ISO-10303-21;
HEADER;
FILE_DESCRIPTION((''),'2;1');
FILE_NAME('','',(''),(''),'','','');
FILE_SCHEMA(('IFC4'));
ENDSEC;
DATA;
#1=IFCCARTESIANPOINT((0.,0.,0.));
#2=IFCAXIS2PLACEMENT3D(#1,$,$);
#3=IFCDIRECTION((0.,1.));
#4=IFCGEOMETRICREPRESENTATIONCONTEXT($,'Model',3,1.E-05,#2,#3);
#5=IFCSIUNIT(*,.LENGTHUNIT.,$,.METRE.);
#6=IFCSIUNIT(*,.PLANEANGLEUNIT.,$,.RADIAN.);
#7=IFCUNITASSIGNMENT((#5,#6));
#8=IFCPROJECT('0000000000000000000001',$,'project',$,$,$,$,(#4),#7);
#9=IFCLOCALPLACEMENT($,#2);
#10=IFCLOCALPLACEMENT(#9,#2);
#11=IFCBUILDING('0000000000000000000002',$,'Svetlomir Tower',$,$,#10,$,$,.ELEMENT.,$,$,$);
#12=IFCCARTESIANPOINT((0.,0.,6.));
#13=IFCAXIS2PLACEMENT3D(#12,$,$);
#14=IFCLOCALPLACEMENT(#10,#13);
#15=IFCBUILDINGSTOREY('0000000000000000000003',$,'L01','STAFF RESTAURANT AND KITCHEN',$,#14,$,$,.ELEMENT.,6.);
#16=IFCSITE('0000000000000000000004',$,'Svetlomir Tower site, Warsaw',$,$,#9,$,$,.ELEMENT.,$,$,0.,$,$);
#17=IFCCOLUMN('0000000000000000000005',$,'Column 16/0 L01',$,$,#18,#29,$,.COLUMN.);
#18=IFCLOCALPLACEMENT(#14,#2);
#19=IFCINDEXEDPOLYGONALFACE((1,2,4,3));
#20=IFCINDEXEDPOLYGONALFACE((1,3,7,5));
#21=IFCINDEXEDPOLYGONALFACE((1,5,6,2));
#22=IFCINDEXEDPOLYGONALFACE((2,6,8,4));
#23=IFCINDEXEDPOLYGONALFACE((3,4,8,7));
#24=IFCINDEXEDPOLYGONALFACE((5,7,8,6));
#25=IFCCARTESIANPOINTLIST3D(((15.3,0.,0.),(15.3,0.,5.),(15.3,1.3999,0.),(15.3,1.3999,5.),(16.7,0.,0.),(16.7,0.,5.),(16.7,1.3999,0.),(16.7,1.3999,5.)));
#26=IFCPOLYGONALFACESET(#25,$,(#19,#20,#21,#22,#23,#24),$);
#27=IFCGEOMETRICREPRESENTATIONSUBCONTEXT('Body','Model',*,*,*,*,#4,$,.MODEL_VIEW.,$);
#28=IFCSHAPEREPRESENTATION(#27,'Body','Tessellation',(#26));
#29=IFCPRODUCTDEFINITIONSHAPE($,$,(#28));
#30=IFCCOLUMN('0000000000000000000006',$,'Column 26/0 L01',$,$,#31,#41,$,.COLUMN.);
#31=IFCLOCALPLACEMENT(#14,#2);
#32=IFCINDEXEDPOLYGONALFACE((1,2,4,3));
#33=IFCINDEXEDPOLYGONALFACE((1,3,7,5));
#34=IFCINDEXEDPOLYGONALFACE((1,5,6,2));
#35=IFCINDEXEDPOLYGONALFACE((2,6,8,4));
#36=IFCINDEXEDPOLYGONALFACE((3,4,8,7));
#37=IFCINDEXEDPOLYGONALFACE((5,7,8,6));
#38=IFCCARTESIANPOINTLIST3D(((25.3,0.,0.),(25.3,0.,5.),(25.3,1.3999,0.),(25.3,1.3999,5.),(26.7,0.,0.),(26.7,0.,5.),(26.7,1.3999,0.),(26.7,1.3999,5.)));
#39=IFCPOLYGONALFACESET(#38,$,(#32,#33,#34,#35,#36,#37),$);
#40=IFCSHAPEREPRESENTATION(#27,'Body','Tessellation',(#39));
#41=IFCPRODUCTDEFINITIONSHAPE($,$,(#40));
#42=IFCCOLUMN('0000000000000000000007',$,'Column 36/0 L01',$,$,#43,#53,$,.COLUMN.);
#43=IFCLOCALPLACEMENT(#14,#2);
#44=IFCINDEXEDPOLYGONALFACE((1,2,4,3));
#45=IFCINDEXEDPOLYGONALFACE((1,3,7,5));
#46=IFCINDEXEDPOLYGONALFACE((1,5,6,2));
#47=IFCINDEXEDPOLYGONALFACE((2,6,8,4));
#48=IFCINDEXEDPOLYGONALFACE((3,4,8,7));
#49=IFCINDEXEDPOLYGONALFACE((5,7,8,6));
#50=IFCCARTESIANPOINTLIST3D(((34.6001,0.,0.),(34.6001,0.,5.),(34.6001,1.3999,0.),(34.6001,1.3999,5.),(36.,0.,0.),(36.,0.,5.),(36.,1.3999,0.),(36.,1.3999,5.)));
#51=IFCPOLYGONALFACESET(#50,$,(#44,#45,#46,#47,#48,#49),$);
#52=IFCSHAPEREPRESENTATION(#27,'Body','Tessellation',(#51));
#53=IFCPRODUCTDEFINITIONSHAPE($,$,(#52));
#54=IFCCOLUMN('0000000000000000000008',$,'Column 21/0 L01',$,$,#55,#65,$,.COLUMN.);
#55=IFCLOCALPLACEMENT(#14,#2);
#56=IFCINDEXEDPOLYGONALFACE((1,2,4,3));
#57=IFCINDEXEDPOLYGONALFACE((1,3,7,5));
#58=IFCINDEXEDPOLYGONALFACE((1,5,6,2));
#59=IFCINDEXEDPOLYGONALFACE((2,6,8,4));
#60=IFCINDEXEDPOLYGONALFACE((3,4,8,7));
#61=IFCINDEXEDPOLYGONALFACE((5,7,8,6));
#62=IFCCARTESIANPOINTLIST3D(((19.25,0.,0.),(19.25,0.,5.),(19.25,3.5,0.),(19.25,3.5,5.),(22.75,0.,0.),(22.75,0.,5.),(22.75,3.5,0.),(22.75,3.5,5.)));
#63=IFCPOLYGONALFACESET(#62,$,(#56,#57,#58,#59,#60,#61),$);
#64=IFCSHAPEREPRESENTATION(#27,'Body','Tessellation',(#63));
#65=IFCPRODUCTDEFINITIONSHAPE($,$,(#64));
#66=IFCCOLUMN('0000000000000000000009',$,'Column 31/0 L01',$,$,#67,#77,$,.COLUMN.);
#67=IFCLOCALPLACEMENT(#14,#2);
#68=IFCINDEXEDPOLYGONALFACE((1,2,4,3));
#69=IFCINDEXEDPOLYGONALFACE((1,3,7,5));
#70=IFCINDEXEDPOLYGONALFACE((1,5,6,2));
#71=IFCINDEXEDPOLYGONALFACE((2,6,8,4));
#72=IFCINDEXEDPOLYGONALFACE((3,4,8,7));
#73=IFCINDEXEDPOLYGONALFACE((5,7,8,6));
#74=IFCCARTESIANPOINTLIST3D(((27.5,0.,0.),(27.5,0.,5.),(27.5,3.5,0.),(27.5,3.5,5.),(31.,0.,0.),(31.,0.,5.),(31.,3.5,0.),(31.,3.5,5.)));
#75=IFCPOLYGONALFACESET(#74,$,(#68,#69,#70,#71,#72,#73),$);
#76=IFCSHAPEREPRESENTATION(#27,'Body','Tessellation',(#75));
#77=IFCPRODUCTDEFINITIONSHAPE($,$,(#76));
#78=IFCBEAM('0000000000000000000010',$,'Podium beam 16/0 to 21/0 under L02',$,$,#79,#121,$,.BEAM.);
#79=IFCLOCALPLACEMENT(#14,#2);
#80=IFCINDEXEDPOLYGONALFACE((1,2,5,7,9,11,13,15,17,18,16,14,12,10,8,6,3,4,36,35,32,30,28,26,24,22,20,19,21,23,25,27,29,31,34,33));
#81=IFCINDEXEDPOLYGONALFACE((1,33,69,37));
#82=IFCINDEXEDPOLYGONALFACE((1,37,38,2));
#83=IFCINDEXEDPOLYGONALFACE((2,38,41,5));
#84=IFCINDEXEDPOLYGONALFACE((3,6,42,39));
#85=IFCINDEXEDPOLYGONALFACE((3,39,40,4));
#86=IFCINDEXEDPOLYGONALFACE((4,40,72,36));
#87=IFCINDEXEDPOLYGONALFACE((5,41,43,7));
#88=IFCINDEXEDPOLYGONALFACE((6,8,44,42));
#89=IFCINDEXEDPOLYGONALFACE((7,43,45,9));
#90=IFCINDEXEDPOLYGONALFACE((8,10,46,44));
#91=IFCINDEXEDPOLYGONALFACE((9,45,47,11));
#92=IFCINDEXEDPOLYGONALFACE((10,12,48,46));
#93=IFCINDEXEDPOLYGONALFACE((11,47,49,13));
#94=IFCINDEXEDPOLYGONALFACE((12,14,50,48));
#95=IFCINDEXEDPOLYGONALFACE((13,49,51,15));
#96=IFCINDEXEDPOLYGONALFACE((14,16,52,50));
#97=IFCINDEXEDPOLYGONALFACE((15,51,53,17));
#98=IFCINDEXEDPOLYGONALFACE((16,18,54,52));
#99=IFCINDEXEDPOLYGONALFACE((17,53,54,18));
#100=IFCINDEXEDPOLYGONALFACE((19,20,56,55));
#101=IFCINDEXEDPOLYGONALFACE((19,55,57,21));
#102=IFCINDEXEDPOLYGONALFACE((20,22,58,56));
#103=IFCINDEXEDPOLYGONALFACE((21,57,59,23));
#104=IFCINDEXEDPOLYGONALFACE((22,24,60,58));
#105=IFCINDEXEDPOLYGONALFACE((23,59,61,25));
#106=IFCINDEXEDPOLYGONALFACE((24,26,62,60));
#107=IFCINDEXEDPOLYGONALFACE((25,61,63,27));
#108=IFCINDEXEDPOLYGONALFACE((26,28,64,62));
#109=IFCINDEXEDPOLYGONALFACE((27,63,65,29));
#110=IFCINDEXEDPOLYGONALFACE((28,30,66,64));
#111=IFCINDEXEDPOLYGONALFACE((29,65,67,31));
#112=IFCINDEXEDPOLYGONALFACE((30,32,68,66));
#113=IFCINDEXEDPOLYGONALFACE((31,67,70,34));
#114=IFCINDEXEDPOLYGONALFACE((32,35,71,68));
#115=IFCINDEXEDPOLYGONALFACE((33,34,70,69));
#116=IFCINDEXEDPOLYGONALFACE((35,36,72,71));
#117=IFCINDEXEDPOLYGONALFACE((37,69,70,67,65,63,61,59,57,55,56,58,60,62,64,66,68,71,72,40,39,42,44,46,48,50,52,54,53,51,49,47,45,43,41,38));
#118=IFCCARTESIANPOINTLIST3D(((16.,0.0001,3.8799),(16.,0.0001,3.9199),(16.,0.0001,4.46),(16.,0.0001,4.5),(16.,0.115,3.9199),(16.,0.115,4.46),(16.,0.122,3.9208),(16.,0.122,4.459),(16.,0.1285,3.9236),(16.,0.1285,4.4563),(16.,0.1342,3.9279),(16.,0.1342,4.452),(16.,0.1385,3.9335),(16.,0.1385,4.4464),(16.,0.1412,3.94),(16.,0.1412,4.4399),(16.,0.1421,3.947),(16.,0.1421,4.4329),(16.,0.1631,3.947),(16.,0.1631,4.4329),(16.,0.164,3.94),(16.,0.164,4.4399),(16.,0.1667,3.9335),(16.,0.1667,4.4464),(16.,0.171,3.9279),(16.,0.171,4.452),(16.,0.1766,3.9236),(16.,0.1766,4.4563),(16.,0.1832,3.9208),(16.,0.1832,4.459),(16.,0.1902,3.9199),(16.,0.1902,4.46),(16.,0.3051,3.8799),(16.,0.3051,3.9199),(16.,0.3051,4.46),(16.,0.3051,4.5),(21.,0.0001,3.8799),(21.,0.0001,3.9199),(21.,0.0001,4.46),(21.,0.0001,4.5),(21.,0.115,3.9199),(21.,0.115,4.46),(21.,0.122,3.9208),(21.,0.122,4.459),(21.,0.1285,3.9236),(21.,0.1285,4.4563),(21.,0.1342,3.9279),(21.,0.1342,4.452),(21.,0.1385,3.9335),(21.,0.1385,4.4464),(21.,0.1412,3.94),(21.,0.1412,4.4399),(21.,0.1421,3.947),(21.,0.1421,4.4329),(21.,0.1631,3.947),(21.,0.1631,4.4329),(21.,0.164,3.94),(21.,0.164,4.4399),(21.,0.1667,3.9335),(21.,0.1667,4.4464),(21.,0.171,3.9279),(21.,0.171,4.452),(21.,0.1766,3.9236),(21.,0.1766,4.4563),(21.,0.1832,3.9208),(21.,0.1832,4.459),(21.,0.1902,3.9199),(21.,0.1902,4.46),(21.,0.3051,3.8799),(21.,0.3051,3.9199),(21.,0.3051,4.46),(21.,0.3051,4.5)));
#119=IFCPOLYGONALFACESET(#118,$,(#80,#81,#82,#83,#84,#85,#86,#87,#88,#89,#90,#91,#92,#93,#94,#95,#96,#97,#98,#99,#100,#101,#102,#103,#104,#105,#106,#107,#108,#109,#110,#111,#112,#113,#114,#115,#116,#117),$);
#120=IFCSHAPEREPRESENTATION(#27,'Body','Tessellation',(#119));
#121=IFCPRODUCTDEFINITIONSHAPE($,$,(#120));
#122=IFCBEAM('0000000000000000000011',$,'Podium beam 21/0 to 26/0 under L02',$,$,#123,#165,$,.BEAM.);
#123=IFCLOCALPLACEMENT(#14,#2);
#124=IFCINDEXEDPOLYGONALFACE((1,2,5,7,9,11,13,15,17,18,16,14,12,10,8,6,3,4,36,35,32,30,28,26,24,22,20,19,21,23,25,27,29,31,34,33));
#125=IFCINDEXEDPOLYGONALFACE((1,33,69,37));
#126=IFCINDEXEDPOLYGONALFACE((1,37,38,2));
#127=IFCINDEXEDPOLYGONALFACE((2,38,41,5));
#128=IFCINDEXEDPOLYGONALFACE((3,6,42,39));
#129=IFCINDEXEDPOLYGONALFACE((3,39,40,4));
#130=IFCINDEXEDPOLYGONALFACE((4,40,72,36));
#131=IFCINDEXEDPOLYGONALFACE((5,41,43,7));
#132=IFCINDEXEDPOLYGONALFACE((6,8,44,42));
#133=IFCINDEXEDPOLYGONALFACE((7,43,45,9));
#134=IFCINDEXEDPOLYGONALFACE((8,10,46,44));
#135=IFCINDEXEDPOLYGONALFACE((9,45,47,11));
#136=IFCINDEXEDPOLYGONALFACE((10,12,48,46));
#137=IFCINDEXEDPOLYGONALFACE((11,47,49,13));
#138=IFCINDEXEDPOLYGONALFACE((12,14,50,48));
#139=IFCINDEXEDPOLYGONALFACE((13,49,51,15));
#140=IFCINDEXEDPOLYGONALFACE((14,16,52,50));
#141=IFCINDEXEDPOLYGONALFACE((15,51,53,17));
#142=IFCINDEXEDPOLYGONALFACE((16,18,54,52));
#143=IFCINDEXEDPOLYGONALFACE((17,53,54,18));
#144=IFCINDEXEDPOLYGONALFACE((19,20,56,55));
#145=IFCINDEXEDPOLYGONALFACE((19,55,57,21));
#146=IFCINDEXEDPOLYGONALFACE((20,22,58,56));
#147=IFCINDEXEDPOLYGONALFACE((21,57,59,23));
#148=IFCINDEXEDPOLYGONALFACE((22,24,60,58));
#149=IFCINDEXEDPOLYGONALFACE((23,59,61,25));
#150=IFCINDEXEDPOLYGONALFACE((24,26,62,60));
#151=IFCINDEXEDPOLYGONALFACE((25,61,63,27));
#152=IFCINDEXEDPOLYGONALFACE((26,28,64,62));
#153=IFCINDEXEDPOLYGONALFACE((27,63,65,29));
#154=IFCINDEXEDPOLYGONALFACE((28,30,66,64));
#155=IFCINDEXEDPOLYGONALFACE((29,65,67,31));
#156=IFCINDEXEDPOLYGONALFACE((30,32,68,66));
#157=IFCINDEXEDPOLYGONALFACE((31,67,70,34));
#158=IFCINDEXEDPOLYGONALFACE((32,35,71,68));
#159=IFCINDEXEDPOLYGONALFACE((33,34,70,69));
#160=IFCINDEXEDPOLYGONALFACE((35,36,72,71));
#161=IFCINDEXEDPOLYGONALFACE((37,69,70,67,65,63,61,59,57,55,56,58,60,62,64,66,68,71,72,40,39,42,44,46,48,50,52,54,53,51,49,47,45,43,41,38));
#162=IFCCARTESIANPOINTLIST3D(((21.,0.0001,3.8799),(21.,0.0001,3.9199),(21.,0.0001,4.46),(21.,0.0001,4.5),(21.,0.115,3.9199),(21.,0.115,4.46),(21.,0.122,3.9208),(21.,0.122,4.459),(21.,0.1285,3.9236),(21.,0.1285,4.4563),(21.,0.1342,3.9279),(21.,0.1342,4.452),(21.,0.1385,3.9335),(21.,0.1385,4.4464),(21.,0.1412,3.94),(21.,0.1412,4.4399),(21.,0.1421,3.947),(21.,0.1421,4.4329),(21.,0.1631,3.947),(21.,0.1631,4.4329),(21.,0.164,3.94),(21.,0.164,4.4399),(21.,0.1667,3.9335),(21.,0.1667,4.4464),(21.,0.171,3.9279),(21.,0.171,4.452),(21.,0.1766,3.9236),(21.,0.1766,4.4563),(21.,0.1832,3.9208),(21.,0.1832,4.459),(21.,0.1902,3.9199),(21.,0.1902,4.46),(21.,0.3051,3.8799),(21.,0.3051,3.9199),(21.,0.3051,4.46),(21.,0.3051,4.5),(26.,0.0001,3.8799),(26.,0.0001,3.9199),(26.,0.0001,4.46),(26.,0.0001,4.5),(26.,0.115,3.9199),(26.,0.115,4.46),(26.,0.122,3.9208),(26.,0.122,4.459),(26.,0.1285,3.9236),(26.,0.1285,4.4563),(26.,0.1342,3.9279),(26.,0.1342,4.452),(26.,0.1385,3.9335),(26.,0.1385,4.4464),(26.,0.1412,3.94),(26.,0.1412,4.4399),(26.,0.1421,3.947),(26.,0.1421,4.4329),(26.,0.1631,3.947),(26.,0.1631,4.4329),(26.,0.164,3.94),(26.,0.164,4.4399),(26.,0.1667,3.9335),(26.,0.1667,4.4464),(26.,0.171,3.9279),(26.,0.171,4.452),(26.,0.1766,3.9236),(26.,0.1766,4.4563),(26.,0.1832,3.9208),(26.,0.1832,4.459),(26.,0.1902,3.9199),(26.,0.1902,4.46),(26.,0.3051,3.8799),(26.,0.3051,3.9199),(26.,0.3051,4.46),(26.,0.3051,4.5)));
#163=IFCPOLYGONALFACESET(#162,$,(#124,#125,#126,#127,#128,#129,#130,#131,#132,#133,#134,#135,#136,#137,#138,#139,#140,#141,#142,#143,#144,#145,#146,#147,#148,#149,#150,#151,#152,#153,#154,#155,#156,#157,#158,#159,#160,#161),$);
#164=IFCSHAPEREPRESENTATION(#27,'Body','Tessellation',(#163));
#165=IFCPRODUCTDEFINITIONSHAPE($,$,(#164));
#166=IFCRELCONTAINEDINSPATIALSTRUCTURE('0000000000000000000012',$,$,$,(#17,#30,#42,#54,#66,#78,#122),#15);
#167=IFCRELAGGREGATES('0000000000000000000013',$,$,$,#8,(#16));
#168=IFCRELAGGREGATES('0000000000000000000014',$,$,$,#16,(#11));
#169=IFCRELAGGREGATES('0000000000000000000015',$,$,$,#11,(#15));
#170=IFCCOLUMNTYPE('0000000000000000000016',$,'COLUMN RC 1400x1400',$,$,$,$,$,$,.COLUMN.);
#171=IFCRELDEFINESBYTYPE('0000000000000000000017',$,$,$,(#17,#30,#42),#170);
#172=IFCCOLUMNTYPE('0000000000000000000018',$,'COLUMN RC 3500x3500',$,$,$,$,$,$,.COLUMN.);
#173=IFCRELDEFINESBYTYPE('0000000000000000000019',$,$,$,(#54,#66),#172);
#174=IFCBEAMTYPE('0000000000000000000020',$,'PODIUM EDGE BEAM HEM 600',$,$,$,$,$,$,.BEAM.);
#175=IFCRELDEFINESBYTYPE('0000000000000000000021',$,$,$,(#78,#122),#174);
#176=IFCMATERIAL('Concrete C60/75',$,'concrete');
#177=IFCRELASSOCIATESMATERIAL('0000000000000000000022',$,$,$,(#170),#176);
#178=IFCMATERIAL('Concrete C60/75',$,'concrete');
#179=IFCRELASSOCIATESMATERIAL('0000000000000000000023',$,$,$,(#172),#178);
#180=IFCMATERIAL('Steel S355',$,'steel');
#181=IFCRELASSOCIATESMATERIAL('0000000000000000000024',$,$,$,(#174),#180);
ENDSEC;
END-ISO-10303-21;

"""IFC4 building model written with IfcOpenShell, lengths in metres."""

from ifc_helpers import new_model, si_unit, direction, frame, origin, origin_2d, place, context, subcontext, project, spatial, rectangle, i_section, extrude, material, material_profile, profile_set, type_object, element, save


model = new_model("IFC4")

# Units and contexts
model_context = context("Model", 3, precision=1e-05, world=origin(), true_north=direction((0.0, 1.0)))
body_context = subcontext(model_context, "Body", "Model", "MODEL_VIEW")
ifc_project = project(units=[si_unit("LENGTHUNIT", "METRE"), si_unit("PLANEANGLEUNIT", "RADIAN")], contexts=[model_context])

# Site, building, storey
site_placement = place(None, origin())
site = spatial("IfcSite", under=ifc_project, at=site_placement, Name="Svetlomir Tower site, Warsaw", CompositionType="ELEMENT", RefElevation=0.0)
building_placement = place(site_placement, origin())
building = spatial("IfcBuilding", under=site, at=building_placement, Name="Svetlomir Tower", CompositionType="ELEMENT")
storey_placement = place(building_placement, frame((0.0, 0.0, 6.0)))
storey = spatial("IfcBuildingStorey", under=building, at=storey_placement, Name="L01", Description="STAFF RESTAURANT AND KITCHEN", CompositionType="ELEMENT", Elevation=6.0)

# Columns
ifc_material_1 = material(Name="Concrete C60/75", Category="concrete")
ifc_material_profile_1 = material_profile(ifc_material_1, rectangle(XDim=1.3999, YDim=1.3999, at=origin_2d()), Name="RC 1400x1400")
ifc_profile_set_1 = profile_set([ifc_material_profile_1], Name="Concrete C60/75")
column_type_1 = type_object("IfcColumnType", Name="COLUMN RC 1400x1400", PredefinedType="COLUMN", material=ifc_profile_set_1)
for number, where, z_axis, x_axis, name in (
    (1, (16.0, 0.7, 0.0), (0.0, 0.0, 1.0), (1.0, 0.0, 0.0), "Column 16/0 L01"),
    (2, (26.0, 0.7, 0.0), (0.0, 0.0, 1.0), (1.0, 0.0, 0.0), "Column 26/0 L01"),
    (3, (35.3, 0.7, 0.0), (0.0, 0.0, 1.0), (1.0, 0.0, 0.0), "Column 36/0 L01"),
):
    element("IfcColumn", number, at=place(storey_placement, frame(where, z_axis=z_axis, x_axis=x_axis)), inside=storey, type_object=column_type_1, Name=name, PredefinedType="COLUMN", context=body_context, shape_type="SweptSolid", body=[
        extrude(rectangle(XDim=1.3999, YDim=1.3999, at=origin_2d()), origin(), (0.0, 0.0, 1.0), 5.0),
    ])
ifc_material_2 = material(Name="Concrete C60/75", Category="concrete")
ifc_material_profile_2 = material_profile(ifc_material_2, rectangle(XDim=3.5, YDim=3.5, at=origin_2d()), Name="RC 3500x3500")
ifc_profile_set_2 = profile_set([ifc_material_profile_2], Name="Concrete C60/75")
column_type_2 = type_object("IfcColumnType", Name="COLUMN RC 3500x3500", PredefinedType="COLUMN", material=ifc_profile_set_2)
for number, where, z_axis, x_axis, name in (
    (4, (21.0, 1.75, 0.0), (0.0, 0.0, 1.0), (1.0, 0.0, 0.0), "Column 21/0 L01"),
    (5, (29.25, 1.75, 0.0), (0.0, 0.0, 1.0), (1.0, 0.0, 0.0), "Column 31/0 L01"),
):
    element("IfcColumn", number, at=place(storey_placement, frame(where, z_axis=z_axis, x_axis=x_axis)), inside=storey, type_object=column_type_2, Name=name, PredefinedType="COLUMN", context=body_context, shape_type="SweptSolid", body=[
        extrude(rectangle(XDim=3.5, YDim=3.5, at=origin_2d()), origin(), (0.0, 0.0, 1.0), 5.0),
    ])

# Beams
ifc_material_3 = material(Name="Steel S355", Category="steel")
ifc_material_profile_3 = material_profile(ifc_material_3, i_section(OverallWidth=0.3049, OverallDepth=0.6201, WebThickness=0.021, FlangeThickness=0.04, FilletRadius=0.0271, at=origin_2d()), Name="HEM 600")
ifc_profile_set_3 = profile_set([ifc_material_profile_3], Name="Steel S355")
beam_type = type_object("IfcBeamType", Name="PODIUM EDGE BEAM HEM 600", PredefinedType="BEAM", material=ifc_profile_set_3)
for number, where, z_axis, x_axis, name in (
    (6, (16.0, 0.1526, 4.1899), (1.0, 0.0, 0.0), (0.0, 1.0, 0.0), "Podium beam 16/0 to 21/0 under L02"),
    (7, (21.0, 0.1526, 4.1899), (1.0, 0.0, 0.0), (0.0, 1.0, 0.0), "Podium beam 21/0 to 26/0 under L02"),
):
    element("IfcBeam", number, at=place(storey_placement, frame(where, z_axis=z_axis, x_axis=x_axis)), inside=storey, type_object=beam_type, Name=name, PredefinedType="BEAM", context=body_context, shape_type="SweptSolid", body=[
        extrude(i_section(OverallWidth=0.3049, OverallDepth=0.6201, WebThickness=0.021, FlangeThickness=0.04, FilletRadius=0.0271, at=origin_2d()), origin(), (0.0, 0.0, 1.0), 5.0),
    ])

save(model, "model.ifc")
